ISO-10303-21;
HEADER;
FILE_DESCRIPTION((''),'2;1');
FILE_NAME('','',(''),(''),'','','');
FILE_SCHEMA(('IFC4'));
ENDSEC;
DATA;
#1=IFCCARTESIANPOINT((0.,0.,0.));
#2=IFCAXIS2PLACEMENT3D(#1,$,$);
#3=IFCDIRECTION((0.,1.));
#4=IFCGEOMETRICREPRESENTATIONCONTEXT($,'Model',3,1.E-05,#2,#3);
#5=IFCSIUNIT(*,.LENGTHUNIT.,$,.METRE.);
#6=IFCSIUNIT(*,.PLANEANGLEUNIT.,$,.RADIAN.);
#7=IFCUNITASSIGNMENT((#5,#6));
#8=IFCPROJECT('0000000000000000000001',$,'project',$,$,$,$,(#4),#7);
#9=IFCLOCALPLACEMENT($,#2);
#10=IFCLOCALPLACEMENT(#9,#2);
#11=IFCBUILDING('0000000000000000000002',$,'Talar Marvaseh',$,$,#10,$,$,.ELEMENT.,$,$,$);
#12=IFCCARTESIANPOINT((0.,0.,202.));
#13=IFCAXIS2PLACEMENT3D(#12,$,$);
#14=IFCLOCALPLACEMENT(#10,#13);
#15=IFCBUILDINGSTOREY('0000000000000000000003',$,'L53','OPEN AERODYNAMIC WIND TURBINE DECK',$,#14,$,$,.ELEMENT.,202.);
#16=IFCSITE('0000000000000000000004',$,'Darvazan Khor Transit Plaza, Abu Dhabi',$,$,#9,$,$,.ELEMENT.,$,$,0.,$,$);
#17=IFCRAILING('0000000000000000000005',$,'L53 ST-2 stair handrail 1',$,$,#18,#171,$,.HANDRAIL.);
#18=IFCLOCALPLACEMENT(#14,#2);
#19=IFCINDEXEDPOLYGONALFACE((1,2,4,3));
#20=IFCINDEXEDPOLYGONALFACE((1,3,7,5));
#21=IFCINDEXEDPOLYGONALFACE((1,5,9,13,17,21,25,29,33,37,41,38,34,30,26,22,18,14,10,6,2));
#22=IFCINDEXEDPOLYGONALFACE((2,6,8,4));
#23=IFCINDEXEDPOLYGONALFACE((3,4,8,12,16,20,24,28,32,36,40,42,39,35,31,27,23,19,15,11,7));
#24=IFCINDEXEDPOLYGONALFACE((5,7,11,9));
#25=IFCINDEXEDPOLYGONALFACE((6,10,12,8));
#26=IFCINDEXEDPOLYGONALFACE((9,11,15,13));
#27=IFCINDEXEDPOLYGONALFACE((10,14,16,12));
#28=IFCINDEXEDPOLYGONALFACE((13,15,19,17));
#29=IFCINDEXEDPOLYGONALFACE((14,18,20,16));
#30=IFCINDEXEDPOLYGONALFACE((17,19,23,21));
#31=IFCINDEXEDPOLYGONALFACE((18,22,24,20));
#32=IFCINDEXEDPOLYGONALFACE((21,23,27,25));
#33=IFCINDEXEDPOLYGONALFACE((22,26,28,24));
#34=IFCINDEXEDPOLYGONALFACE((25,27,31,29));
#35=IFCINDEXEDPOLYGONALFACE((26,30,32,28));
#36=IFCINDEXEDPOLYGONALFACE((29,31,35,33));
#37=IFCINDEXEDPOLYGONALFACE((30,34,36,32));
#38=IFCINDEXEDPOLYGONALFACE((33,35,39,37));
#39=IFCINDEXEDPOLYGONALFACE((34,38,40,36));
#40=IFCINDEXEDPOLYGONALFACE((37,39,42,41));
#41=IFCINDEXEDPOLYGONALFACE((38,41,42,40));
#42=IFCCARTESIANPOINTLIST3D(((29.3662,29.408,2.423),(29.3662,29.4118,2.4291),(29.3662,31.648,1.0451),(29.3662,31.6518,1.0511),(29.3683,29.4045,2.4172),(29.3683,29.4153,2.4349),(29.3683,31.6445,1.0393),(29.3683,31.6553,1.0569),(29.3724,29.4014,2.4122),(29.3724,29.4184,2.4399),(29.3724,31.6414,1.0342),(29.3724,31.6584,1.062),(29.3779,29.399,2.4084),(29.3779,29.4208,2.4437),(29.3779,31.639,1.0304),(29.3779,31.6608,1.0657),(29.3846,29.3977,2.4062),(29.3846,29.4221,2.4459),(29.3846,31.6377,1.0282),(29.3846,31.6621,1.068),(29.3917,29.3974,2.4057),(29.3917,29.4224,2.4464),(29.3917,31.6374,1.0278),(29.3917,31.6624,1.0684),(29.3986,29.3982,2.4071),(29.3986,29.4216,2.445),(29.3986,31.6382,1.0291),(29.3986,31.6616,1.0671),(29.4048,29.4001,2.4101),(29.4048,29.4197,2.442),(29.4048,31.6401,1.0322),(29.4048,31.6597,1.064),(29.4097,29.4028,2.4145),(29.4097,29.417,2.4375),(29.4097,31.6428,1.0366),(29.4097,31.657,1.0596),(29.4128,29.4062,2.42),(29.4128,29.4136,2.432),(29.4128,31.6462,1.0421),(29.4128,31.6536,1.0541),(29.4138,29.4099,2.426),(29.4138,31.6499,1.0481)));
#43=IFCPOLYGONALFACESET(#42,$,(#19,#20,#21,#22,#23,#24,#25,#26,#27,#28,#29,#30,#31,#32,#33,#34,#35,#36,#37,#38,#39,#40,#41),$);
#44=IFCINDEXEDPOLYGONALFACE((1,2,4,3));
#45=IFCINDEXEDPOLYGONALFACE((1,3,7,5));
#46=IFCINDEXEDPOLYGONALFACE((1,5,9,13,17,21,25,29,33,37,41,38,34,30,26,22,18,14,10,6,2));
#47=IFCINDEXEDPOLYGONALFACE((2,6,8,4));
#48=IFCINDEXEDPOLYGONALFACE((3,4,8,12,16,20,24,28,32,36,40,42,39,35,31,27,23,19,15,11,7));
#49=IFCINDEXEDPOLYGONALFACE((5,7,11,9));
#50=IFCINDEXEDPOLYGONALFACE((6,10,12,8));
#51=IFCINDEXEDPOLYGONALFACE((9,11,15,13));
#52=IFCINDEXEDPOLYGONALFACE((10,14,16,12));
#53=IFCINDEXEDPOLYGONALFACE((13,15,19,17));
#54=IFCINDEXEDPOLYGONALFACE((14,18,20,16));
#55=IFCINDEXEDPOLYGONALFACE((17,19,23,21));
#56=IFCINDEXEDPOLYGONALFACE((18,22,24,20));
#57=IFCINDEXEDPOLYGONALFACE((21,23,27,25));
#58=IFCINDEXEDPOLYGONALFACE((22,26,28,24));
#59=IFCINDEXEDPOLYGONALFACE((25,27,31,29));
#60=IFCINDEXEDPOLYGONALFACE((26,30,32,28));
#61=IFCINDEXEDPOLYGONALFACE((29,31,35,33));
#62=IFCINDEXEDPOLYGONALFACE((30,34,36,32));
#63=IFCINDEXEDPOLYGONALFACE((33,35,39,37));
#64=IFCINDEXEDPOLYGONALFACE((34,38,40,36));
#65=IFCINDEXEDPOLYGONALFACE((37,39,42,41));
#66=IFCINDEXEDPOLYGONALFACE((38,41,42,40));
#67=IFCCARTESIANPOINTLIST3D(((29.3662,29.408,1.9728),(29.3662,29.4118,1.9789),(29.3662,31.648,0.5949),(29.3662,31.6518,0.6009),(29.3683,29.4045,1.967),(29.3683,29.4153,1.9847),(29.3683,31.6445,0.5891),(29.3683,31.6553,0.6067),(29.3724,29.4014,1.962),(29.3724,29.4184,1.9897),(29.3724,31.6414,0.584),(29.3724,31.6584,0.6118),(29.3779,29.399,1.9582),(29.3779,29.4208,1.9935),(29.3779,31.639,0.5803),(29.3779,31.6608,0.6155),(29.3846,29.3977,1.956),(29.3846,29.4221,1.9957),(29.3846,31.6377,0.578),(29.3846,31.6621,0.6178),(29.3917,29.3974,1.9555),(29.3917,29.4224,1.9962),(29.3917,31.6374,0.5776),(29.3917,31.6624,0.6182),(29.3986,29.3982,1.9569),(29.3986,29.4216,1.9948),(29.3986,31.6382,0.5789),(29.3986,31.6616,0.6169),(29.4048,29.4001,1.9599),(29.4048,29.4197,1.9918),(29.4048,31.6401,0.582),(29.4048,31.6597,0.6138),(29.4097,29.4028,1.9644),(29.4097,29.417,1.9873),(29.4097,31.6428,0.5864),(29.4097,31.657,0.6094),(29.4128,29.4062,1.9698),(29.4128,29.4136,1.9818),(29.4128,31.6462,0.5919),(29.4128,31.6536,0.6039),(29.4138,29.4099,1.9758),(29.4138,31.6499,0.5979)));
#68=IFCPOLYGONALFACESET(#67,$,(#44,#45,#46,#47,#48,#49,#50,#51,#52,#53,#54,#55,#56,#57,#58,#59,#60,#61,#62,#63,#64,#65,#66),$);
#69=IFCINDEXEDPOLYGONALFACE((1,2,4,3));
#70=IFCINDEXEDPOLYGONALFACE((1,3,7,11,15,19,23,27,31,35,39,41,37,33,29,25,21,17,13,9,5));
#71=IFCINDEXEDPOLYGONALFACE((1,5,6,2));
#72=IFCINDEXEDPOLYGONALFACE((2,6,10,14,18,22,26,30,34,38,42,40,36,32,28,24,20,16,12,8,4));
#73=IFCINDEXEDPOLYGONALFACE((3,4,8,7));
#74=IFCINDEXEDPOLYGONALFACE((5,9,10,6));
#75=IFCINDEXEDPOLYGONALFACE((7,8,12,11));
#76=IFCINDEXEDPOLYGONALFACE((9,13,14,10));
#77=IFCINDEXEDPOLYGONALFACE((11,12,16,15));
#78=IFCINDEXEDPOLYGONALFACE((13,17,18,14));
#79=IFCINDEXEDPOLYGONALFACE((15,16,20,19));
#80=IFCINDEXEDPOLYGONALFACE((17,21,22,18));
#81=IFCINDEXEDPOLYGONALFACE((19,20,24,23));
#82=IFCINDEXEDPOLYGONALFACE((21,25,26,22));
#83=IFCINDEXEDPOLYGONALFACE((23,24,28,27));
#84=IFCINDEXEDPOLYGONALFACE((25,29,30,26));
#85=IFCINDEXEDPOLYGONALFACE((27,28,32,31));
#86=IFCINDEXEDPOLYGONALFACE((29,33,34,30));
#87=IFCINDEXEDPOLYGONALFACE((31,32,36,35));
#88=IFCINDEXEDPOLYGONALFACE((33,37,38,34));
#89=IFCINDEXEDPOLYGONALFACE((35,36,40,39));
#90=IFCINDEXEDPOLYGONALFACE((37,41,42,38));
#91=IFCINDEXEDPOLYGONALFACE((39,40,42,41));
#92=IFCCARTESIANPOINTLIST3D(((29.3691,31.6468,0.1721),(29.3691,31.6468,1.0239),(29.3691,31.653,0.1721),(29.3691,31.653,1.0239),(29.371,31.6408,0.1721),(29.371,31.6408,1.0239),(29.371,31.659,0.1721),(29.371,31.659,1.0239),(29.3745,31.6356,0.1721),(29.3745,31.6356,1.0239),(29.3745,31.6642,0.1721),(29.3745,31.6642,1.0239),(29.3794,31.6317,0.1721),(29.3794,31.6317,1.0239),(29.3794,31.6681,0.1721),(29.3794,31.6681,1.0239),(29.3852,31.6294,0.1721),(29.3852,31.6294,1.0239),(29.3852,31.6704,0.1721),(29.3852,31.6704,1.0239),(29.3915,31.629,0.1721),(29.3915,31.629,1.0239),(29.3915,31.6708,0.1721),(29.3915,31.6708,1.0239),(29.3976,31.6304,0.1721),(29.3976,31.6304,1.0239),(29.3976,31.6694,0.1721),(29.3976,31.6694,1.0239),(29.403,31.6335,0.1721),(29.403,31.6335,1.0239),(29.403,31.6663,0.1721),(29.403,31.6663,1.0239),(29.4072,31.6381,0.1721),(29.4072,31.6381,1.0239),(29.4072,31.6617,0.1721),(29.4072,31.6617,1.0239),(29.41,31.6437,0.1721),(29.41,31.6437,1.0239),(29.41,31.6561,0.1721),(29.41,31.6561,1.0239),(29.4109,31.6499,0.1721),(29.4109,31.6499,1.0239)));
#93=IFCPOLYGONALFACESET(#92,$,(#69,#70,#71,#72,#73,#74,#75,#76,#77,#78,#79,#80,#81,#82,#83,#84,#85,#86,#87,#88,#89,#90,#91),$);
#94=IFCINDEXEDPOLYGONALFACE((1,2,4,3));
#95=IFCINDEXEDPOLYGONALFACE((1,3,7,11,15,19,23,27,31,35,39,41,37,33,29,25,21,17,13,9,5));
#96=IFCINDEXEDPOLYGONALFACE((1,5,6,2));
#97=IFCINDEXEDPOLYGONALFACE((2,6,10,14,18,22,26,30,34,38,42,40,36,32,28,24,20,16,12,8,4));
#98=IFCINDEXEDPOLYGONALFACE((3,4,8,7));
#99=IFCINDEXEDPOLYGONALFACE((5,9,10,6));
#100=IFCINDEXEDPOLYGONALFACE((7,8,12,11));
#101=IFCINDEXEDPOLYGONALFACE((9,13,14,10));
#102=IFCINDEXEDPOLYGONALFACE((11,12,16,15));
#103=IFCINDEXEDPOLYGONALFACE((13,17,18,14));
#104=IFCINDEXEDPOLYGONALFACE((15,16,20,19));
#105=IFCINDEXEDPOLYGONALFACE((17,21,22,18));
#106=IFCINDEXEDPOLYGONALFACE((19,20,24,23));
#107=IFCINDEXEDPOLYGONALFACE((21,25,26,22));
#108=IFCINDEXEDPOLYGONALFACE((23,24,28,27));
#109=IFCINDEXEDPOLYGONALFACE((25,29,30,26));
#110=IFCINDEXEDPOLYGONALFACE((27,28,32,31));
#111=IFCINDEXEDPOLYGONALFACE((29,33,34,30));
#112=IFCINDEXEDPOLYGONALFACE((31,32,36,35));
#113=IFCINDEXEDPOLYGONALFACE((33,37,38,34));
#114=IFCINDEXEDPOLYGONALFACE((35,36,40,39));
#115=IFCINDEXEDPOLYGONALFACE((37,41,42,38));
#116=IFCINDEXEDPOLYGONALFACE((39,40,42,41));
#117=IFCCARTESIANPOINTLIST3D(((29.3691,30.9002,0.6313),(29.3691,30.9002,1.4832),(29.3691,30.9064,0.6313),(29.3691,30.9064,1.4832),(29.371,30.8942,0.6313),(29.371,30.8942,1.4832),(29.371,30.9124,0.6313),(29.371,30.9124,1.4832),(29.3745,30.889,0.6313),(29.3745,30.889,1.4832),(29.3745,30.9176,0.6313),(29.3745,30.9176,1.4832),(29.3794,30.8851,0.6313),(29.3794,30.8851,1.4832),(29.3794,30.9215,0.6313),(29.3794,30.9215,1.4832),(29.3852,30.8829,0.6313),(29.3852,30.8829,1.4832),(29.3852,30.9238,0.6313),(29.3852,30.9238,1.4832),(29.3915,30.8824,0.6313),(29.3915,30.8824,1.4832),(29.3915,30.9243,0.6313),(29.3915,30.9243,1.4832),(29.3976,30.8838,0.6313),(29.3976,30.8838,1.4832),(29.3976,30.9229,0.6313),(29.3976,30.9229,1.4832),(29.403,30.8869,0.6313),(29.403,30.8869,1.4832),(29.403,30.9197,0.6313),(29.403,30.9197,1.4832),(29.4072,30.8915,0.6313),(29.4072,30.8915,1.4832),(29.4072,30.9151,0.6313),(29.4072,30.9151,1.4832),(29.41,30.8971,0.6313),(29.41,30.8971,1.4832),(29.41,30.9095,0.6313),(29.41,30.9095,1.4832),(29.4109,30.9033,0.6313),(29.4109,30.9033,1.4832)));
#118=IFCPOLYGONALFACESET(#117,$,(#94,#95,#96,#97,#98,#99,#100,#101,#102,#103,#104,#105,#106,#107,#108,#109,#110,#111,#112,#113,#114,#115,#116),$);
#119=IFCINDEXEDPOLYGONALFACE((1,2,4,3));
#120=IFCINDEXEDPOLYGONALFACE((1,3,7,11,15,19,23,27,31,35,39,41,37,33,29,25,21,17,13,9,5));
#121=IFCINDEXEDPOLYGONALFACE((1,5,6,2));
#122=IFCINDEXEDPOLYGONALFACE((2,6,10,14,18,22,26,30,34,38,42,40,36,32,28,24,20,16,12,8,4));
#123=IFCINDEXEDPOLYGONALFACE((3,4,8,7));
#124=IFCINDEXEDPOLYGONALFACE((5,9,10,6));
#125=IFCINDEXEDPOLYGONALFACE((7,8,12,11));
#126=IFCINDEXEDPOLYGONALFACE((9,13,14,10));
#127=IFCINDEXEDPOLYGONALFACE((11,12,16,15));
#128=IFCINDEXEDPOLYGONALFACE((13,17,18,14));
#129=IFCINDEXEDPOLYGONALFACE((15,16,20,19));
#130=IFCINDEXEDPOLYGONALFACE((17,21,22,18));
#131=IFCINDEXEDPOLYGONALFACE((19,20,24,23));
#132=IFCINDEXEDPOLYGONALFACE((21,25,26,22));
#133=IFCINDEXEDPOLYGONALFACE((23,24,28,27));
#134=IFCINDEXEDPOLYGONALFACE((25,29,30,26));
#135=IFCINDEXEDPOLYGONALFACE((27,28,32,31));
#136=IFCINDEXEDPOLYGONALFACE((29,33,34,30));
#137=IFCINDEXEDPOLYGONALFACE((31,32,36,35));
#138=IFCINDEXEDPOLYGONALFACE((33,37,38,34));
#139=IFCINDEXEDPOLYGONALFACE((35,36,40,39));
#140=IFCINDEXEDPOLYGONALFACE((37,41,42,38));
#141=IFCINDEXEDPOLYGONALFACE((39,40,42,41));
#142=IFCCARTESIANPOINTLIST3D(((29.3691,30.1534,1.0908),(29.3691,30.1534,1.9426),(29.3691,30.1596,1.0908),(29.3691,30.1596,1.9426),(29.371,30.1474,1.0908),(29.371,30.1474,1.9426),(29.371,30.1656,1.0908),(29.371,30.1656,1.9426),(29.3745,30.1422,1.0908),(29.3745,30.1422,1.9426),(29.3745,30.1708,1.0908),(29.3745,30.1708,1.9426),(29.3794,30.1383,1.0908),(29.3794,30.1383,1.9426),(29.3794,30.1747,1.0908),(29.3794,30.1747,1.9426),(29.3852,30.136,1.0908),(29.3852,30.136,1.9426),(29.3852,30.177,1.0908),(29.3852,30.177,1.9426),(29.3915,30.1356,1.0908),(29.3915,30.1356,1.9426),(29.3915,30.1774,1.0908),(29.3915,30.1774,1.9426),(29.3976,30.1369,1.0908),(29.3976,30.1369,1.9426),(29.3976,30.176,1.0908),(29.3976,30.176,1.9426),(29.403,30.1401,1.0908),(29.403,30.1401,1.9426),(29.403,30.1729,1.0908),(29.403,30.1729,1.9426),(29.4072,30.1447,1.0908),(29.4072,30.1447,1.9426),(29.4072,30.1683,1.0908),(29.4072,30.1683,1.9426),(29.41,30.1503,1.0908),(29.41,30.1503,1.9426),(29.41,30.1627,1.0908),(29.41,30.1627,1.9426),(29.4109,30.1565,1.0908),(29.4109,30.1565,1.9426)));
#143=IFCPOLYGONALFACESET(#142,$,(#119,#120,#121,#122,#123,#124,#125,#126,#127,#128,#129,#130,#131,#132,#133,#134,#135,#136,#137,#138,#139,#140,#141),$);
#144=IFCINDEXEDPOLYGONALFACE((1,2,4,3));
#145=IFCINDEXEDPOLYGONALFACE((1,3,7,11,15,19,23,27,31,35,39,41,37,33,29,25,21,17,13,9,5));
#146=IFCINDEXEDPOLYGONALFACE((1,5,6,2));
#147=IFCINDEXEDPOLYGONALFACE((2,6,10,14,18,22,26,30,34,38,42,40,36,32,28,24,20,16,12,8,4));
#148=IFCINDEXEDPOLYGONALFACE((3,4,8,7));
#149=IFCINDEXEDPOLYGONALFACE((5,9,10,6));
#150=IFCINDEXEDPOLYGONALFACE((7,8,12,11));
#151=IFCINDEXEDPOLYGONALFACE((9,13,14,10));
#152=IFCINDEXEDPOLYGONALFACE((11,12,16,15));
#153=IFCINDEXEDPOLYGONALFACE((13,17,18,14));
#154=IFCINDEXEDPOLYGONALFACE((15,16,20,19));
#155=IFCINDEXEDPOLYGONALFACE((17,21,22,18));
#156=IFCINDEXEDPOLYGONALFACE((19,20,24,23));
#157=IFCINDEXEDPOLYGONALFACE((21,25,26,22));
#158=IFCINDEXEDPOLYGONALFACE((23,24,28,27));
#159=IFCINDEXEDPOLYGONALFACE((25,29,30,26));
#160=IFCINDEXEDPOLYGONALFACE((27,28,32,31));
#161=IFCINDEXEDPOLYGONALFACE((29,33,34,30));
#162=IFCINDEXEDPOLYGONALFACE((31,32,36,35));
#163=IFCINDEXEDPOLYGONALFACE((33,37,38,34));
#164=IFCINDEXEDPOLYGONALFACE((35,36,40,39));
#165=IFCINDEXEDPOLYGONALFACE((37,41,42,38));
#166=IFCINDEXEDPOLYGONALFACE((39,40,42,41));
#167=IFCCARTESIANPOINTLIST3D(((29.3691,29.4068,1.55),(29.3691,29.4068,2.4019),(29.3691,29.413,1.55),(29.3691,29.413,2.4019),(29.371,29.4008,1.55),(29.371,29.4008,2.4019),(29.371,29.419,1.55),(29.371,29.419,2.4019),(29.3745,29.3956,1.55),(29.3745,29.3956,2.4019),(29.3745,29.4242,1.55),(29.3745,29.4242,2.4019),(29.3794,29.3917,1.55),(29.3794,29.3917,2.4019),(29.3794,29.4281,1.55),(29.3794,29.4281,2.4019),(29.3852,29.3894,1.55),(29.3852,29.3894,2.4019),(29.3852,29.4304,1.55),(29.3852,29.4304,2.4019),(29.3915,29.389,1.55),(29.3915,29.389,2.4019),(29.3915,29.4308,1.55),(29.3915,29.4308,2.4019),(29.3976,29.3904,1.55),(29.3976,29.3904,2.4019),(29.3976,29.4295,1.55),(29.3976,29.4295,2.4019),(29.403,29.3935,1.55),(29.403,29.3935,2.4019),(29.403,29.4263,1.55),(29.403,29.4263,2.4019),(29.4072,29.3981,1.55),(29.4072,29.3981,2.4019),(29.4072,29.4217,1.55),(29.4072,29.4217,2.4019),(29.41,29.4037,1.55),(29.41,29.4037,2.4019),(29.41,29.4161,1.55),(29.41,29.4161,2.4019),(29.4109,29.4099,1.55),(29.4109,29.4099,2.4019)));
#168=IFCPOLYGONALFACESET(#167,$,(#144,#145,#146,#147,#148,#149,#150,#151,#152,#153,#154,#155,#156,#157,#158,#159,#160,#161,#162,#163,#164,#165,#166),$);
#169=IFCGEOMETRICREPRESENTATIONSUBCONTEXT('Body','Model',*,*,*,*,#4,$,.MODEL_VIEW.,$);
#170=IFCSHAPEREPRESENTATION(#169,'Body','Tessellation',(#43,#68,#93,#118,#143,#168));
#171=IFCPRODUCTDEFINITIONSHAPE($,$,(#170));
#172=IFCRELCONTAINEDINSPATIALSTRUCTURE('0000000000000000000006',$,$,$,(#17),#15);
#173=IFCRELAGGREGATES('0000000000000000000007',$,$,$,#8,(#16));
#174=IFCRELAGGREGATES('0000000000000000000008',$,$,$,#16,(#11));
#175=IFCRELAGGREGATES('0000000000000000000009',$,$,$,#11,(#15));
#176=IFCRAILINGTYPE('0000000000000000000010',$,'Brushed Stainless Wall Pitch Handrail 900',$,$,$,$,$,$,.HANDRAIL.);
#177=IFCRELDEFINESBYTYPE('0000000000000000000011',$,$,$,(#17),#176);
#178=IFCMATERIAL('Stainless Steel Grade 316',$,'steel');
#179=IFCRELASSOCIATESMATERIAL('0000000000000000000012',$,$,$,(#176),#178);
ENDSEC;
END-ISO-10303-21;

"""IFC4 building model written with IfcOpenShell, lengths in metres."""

from ifc_helpers import new_model, si_unit, direction, frame, origin, origin_2d, place, context, subcontext, project, spatial, circle, extrude, material, type_object, element, save


model = new_model("IFC4")

# Units and contexts
model_context = context("Model", 3, precision=1e-05, world=origin(), true_north=direction((0.0, 1.0)))
body_context = subcontext(model_context, "Body", "Model", "MODEL_VIEW")
ifc_project = project(units=[si_unit("LENGTHUNIT", "METRE"), si_unit("PLANEANGLEUNIT", "RADIAN")], contexts=[model_context])

# Site, building, storey
site_placement = place(None, origin())
site = spatial("IfcSite", under=ifc_project, at=site_placement, Name="Darvazan Khor Transit Plaza, Abu Dhabi", CompositionType="ELEMENT", RefElevation=0.0)
building_placement = place(site_placement, origin())
building = spatial("IfcBuilding", under=site, at=building_placement, Name="Talar Marvaseh", CompositionType="ELEMENT")
storey_placement = place(building_placement, frame((0.0, 0.0, 202.0)))
storey = spatial("IfcBuildingStorey", under=building, at=storey_placement, Name="L53", Description="OPEN AERODYNAMIC WIND TURBINE DECK", CompositionType="ELEMENT", Elevation=202.0)

# Railing
ifc_material_1 = material(Name="Stainless Steel Grade 316", Category="steel")
railing_type_1 = type_object("IfcRailingType", Name="Brushed Stainless Wall Pitch Handrail 900", PredefinedType="HANDRAIL", material=ifc_material_1)
railing_1_placement = place(storey_placement, frame((29.3899, 31.6499, 0.1721)))
element("IfcRailing", 1, at=railing_1_placement, inside=storey, type_object=railing_type_1, Name="L53 ST-2 stair handrail 1", PredefinedType="HANDRAIL", context=body_context, shape_type="SweptSolid", body=[
    extrude(circle(Radius=0.0239, at=origin_2d()), frame((0.0, 0.0, 0.876), z_axis=(0.0, -0.851748, 0.523952), x_axis=(1.0, 0.0, 0.0)), (0.0, 0.0, 1.0), 2.6299),
    extrude(circle(Radius=0.0239, at=origin_2d()), frame((0.0, 0.0, 0.4258), z_axis=(0.0, -0.851748, 0.523952), x_axis=(1.0, 0.0, 0.0)), (0.0, 0.0, 1.0), 2.6299),
    extrude(circle(Radius=0.021, at=origin_2d()), origin(), (0.0, 0.0, 1.0), 0.8518),
    extrude(circle(Radius=0.021, at=origin_2d()), frame((0.0, -0.7466, 0.4592)), (0.0, 0.0, 1.0), 0.8518),
    extrude(circle(Radius=0.021, at=origin_2d()), frame((0.0, -1.4934, 0.9187)), (0.0, 0.0, 1.0), 0.8518),
    extrude(circle(Radius=0.021, at=origin_2d()), frame((0.0, -2.24, 1.3779)), (0.0, 0.0, 1.0), 0.8518),
])

save(model, "model.ifc")
